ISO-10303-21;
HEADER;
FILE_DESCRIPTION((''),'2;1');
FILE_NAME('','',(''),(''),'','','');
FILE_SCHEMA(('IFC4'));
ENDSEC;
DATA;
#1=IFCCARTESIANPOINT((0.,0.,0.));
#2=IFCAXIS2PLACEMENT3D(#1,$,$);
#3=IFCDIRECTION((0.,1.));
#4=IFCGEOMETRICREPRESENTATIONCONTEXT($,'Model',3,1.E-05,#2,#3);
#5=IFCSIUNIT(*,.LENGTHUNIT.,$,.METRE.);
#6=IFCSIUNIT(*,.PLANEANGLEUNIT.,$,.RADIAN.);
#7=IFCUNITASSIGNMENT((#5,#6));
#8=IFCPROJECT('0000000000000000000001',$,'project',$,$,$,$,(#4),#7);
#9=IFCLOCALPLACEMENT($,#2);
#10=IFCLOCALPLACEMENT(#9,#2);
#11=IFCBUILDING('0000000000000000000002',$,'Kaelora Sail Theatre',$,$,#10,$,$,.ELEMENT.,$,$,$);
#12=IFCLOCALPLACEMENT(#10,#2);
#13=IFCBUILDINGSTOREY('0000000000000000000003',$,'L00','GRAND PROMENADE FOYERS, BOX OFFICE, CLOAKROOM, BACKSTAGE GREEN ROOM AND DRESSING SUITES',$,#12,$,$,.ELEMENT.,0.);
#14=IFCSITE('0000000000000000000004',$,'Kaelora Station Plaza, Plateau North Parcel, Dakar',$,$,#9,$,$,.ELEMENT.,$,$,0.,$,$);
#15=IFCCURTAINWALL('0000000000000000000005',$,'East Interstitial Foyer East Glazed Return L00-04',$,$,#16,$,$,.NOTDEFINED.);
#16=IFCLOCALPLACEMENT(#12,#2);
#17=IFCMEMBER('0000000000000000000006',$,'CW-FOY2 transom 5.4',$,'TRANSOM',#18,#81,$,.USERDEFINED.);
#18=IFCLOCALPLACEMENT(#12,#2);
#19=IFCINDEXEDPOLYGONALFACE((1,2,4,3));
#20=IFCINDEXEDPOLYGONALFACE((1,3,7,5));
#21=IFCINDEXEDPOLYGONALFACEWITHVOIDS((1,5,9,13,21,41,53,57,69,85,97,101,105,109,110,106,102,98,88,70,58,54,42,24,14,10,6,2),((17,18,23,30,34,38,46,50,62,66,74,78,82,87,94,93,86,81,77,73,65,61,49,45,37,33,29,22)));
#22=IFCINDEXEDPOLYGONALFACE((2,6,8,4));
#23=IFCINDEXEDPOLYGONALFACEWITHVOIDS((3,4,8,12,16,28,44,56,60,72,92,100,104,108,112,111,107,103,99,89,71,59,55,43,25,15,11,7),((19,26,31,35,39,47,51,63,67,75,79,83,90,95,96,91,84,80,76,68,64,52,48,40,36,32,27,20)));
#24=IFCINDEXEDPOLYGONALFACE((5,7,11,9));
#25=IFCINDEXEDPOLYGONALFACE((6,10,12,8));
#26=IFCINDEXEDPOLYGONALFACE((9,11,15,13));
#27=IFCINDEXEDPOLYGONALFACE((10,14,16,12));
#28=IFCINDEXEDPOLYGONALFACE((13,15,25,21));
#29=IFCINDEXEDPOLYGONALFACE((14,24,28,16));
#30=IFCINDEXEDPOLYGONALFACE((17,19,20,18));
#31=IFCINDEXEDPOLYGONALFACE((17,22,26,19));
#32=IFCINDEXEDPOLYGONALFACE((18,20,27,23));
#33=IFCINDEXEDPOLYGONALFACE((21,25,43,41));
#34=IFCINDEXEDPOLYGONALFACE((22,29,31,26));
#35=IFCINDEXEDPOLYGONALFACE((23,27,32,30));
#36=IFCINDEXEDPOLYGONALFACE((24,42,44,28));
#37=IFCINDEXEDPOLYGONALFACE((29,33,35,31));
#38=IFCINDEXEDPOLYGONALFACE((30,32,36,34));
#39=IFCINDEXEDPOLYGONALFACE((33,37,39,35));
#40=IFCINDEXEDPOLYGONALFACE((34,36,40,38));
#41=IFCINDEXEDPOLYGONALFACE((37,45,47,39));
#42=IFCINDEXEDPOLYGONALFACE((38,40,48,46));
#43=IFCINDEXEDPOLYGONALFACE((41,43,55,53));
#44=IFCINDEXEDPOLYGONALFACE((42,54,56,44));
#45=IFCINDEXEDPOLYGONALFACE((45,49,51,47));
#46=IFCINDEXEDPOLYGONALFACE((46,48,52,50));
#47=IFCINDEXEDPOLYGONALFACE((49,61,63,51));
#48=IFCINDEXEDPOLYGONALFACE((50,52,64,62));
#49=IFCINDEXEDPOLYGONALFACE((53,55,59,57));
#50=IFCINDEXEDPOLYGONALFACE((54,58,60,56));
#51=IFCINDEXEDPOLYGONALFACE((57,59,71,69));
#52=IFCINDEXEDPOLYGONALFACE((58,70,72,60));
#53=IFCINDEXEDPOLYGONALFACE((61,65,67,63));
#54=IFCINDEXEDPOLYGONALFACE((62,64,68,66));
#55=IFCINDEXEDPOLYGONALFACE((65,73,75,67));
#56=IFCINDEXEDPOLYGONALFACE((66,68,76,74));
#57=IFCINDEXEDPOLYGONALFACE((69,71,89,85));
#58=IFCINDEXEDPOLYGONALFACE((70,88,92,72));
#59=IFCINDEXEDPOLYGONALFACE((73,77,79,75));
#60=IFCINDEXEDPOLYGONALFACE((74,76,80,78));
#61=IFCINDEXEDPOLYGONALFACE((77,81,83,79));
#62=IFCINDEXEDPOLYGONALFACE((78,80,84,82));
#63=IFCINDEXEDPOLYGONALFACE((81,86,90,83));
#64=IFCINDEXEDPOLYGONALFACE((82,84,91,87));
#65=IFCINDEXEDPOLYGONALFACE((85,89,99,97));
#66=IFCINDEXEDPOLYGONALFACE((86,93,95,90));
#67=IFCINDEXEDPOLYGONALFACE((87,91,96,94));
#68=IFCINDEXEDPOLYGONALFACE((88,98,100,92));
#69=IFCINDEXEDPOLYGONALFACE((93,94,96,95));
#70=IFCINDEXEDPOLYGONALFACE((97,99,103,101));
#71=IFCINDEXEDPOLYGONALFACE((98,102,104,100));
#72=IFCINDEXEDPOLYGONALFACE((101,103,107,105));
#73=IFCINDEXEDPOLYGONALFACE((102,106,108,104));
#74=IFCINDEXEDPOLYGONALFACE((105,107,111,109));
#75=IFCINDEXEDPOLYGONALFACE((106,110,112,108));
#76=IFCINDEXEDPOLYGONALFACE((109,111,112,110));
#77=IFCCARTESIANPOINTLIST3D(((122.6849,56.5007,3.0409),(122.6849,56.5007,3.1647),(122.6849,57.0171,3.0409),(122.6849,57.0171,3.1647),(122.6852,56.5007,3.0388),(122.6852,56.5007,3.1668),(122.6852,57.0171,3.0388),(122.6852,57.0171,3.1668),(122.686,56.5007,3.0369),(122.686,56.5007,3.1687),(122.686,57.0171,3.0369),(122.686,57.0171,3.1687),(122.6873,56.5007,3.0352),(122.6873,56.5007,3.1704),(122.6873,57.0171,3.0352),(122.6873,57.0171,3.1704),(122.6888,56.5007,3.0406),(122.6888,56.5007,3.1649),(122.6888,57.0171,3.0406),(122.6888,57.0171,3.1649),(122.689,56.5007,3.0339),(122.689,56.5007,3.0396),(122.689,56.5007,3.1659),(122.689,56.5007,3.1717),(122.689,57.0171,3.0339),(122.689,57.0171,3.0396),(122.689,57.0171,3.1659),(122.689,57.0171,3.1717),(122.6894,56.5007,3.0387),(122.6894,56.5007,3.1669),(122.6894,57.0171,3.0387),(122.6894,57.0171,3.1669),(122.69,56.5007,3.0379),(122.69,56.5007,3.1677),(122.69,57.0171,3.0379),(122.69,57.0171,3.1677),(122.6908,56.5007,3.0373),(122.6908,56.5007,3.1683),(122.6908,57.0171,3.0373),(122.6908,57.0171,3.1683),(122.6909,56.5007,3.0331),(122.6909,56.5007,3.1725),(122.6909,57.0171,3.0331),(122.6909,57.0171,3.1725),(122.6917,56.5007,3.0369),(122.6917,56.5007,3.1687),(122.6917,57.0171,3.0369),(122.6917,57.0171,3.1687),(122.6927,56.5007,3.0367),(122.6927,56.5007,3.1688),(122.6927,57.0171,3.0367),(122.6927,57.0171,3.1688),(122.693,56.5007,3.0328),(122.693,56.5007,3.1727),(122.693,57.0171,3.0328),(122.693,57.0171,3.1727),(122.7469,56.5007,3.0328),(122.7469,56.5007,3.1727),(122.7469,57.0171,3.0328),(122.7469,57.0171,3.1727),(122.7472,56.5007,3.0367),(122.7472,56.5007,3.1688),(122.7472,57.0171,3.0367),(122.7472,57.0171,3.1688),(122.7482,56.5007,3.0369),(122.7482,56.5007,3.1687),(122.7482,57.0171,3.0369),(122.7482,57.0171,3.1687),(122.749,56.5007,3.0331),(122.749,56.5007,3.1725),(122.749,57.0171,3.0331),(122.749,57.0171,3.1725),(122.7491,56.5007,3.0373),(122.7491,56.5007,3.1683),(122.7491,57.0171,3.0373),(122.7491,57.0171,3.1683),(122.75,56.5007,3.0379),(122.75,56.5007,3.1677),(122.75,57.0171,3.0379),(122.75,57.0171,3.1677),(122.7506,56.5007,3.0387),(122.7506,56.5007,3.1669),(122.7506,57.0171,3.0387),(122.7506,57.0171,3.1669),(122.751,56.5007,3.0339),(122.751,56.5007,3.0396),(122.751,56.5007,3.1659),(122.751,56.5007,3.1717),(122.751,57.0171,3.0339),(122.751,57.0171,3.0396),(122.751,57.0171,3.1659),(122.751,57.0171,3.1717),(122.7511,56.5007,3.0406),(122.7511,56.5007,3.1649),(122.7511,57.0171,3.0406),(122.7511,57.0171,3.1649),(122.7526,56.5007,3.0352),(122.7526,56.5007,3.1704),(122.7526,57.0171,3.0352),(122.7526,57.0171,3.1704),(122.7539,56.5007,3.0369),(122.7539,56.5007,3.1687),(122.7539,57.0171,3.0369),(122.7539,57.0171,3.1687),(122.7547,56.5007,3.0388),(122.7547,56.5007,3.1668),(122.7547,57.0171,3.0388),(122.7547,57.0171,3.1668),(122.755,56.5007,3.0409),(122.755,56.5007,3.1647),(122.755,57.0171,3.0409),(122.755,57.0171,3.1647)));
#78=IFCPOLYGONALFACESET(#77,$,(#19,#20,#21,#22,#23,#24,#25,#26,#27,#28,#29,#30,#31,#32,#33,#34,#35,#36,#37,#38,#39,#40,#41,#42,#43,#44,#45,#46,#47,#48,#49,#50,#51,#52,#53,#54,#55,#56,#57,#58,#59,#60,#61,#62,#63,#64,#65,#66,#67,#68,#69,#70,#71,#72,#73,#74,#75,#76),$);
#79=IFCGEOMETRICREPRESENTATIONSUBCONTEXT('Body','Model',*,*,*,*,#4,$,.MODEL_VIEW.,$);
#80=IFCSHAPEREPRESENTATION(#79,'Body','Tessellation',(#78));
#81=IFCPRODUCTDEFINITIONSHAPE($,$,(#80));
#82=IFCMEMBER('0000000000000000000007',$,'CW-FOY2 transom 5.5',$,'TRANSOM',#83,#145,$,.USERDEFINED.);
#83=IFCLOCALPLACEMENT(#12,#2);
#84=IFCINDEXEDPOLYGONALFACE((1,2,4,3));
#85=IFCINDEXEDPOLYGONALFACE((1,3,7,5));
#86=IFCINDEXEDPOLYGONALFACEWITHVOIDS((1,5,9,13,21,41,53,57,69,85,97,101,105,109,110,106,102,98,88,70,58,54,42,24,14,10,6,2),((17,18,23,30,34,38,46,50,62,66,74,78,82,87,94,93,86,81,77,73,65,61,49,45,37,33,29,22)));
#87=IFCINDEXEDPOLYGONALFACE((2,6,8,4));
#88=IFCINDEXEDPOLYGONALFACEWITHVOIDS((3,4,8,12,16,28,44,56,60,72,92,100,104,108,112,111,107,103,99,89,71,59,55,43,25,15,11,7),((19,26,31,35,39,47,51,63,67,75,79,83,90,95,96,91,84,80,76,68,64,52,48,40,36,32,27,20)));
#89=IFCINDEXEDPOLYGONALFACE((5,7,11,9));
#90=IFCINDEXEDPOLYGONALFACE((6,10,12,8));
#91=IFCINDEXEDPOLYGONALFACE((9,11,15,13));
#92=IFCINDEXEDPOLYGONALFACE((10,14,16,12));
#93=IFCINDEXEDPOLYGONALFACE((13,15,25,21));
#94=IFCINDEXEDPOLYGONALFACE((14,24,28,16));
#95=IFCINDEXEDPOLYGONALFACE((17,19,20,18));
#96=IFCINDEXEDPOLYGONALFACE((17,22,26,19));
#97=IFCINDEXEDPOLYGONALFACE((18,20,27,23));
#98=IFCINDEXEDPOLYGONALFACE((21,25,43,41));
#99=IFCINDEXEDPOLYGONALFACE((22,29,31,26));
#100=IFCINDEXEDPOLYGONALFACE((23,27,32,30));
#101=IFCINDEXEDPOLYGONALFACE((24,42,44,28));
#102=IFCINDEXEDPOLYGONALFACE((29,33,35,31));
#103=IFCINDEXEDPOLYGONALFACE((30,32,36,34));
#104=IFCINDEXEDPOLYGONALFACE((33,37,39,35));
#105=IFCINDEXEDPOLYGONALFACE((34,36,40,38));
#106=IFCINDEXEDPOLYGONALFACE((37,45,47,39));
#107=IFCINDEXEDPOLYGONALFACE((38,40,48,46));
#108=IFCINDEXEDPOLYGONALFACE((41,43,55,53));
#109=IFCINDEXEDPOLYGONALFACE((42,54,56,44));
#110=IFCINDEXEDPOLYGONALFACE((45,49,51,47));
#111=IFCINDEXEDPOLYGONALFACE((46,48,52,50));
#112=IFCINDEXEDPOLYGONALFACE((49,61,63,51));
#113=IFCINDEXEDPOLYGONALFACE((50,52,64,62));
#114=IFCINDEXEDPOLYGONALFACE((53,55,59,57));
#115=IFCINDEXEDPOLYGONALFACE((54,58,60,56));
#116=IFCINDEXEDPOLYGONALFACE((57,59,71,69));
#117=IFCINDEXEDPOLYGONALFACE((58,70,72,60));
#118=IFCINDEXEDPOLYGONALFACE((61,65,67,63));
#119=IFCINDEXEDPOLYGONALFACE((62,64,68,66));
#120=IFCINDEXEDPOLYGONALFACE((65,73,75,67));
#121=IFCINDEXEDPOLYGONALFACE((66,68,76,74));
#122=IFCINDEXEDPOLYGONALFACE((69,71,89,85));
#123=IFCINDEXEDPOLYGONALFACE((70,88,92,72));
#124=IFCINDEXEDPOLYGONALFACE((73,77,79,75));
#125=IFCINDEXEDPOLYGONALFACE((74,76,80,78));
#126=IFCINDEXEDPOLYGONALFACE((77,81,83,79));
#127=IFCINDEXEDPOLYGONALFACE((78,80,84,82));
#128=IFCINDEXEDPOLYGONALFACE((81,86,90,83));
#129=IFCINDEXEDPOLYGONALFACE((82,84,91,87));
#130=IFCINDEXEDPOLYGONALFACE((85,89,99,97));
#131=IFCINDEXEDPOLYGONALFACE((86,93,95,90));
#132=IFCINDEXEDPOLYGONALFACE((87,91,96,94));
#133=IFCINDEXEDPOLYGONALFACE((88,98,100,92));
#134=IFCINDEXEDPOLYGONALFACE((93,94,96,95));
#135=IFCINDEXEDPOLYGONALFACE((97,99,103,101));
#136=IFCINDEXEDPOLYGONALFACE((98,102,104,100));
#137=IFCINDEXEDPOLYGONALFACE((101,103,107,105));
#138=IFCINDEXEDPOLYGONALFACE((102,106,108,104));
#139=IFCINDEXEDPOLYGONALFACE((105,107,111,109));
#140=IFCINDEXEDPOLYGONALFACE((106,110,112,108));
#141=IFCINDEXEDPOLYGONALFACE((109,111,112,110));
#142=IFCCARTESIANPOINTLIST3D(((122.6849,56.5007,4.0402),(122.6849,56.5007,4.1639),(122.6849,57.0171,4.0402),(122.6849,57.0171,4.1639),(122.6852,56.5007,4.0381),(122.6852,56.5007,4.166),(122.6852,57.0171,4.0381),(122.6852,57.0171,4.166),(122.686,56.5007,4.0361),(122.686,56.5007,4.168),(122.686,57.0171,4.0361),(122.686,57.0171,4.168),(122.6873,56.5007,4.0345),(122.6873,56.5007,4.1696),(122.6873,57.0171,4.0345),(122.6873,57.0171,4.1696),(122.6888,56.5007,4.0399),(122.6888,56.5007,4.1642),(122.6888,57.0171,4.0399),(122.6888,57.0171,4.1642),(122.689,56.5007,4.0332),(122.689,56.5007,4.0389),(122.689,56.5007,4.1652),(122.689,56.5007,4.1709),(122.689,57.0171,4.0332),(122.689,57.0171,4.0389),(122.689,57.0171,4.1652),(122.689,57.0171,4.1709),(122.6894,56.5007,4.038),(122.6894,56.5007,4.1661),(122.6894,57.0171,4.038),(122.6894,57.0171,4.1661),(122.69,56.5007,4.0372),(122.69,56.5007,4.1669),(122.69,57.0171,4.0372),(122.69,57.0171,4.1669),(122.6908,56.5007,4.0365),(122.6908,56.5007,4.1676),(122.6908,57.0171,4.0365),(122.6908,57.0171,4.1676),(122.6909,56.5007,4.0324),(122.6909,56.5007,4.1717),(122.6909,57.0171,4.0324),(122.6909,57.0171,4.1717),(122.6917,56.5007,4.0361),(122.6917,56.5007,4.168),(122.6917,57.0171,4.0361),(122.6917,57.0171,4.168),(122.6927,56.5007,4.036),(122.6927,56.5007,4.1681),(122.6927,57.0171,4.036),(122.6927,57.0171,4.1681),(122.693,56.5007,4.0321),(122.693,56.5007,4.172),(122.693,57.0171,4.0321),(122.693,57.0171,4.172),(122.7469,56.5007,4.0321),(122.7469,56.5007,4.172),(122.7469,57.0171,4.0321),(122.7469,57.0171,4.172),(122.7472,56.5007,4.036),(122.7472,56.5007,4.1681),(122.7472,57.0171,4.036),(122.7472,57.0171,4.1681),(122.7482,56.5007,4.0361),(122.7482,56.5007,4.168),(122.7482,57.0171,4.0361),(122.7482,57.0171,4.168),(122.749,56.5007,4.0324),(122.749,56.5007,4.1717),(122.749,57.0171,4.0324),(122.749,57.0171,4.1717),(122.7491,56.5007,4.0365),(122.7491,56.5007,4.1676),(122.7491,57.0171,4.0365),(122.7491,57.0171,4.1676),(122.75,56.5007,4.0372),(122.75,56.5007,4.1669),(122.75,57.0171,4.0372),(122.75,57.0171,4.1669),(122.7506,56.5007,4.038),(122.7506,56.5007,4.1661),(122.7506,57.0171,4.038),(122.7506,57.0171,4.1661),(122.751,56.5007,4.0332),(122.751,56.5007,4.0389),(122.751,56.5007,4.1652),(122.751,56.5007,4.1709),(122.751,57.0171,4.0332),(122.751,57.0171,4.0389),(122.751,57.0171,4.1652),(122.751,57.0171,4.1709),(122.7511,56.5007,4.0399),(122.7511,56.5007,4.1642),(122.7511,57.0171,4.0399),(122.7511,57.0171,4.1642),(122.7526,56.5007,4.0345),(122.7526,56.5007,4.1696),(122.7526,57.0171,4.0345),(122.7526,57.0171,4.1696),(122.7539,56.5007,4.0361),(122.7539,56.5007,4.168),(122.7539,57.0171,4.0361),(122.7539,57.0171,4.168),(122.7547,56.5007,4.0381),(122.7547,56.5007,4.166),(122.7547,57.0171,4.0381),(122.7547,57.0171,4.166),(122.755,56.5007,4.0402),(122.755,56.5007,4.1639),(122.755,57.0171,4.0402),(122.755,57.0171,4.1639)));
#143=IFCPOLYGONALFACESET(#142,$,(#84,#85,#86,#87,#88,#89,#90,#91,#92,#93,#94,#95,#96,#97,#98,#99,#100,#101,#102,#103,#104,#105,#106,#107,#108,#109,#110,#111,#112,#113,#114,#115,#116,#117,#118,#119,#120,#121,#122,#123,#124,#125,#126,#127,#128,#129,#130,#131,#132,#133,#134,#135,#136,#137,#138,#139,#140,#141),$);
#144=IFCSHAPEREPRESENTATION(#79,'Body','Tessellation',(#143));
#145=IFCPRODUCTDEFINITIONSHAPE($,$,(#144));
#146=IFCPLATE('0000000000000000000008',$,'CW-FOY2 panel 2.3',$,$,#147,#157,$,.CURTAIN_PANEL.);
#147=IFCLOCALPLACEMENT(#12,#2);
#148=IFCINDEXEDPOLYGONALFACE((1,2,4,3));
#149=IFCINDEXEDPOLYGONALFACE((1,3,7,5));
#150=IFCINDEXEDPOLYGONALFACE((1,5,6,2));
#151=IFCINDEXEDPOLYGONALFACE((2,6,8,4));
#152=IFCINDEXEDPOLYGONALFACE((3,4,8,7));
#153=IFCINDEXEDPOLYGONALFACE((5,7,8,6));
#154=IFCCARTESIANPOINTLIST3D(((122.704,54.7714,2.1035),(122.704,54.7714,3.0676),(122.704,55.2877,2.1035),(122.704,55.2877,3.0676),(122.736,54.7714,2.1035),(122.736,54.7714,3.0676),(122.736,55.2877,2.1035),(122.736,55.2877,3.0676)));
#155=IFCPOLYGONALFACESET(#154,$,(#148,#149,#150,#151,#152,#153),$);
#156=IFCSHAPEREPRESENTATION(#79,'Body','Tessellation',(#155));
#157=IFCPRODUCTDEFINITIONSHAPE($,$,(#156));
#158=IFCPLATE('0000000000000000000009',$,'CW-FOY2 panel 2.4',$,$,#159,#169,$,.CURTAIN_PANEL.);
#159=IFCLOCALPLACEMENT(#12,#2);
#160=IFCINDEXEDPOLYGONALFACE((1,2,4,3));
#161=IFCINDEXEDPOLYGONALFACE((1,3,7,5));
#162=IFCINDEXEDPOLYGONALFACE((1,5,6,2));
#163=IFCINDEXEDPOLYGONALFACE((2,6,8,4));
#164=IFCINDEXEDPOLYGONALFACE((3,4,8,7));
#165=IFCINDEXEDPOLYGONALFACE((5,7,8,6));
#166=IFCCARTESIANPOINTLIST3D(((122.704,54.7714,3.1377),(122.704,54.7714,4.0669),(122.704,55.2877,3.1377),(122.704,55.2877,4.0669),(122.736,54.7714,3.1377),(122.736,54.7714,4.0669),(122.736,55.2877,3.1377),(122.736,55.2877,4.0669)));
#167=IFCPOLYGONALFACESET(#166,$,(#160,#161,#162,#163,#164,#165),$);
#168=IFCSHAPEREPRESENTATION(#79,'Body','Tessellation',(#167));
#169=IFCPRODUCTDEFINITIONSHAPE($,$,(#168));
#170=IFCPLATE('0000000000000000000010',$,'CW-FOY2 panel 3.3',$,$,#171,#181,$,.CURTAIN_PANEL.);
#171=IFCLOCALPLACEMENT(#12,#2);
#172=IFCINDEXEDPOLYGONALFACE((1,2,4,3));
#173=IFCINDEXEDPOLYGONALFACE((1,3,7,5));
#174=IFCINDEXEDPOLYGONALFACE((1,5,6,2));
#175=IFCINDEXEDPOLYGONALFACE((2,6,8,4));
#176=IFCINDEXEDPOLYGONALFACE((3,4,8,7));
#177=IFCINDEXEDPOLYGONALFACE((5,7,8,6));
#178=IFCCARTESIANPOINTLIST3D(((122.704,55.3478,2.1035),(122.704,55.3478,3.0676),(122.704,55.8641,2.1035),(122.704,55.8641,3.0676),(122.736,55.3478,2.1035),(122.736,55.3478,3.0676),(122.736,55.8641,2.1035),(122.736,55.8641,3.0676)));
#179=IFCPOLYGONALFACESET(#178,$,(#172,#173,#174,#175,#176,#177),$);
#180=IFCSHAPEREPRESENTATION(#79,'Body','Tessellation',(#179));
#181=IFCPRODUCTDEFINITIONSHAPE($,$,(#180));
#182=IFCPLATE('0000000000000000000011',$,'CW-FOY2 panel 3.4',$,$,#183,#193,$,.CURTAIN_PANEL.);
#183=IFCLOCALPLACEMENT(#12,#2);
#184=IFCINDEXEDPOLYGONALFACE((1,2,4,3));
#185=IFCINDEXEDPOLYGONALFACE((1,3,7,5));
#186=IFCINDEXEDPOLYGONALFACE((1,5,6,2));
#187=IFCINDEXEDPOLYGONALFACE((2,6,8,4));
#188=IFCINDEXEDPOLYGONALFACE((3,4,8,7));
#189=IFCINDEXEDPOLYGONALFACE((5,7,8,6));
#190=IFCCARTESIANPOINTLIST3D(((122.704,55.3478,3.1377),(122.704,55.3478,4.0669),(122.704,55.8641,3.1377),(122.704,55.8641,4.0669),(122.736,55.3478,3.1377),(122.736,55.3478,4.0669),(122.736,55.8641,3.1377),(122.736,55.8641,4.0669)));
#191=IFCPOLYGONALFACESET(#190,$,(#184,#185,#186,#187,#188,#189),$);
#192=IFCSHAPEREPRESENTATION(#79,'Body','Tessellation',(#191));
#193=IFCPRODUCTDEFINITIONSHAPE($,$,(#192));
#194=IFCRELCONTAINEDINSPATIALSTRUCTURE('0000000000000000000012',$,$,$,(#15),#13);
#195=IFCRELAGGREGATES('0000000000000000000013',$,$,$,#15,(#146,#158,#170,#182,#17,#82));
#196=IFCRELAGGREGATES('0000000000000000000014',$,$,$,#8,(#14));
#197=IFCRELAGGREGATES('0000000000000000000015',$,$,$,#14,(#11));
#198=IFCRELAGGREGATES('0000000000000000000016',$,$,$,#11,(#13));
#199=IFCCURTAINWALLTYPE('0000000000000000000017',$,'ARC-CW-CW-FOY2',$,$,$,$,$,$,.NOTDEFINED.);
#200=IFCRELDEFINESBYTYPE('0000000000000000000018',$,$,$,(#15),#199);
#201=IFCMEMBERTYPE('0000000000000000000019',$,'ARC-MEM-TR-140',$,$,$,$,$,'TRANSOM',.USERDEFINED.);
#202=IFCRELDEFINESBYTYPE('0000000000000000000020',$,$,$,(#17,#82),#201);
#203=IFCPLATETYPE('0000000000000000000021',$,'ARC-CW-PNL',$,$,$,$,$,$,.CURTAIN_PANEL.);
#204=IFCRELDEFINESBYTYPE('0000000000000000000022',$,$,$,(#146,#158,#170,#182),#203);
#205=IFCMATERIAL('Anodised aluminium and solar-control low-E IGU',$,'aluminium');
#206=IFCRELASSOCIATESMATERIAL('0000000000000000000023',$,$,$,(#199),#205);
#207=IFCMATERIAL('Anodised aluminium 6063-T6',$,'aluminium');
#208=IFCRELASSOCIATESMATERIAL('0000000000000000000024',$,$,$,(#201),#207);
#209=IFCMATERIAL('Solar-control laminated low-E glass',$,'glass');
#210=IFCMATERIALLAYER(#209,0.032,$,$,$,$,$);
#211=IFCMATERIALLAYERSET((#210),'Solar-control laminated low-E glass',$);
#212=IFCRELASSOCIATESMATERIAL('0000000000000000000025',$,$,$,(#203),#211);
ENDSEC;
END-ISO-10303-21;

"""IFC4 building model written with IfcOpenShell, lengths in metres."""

from ifc_helpers import new_model, si_unit, direction, frame, origin, origin_2d, place, context, subcontext, project, spatial, rectangle, hollow_rectangle, extrude, material, layer, layer_set, material_profile, profile_set, type_object, element, aggregate, save


model = new_model("IFC4")

# Units and contexts
model_context = context("Model", 3, precision=1e-05, world=origin(), true_north=direction((0.0, 1.0)))
body_context = subcontext(model_context, "Body", "Model", "MODEL_VIEW")
ifc_project = project(units=[si_unit("LENGTHUNIT", "METRE"), si_unit("PLANEANGLEUNIT", "RADIAN")], contexts=[model_context])

# Site, building, storey
site_placement = place(None, origin())
site = spatial("IfcSite", under=ifc_project, at=site_placement, Name="Kaelora Station Plaza, Plateau North Parcel, Dakar", CompositionType="ELEMENT", RefElevation=0.0)
building_placement = place(site_placement, origin())
building = spatial("IfcBuilding", under=site, at=building_placement, Name="Kaelora Sail Theatre", CompositionType="ELEMENT")
storey_placement = place(building_placement, origin())
storey = spatial("IfcBuildingStorey", under=building, at=storey_placement, Name="L00", Description="GRAND PROMENADE FOYERS, BOX OFFICE, CLOAKROOM, BACKSTAGE GREEN ROOM AND DRESSING SUITES", CompositionType="ELEMENT", Elevation=0.0)

# Curtain wall, members, plates
ifc_material_1 = material(Name="Anodised aluminium and solar-control low-E IGU", Category="aluminium")
curtain_wall_type = type_object("IfcCurtainWallType", Name="ARC-CW-CW-FOY2", PredefinedType="NOTDEFINED", material=ifc_material_1)
curtain_wall_placement = place(storey_placement, origin())
curtain_wall = element("IfcCurtainWall", 1, at=curtain_wall_placement, inside=storey, type_object=curtain_wall_type, Name="East Interstitial Foyer East Glazed Return L00-04", PredefinedType="NOTDEFINED")
ifc_material_2 = material(Name="Anodised aluminium 6063-T6", Category="aluminium")
ifc_material_profile = material_profile(ifc_material_2, hollow_rectangle(XDim=0.0701, YDim=0.1399, WallThickness=0.0039, InnerFilletRadius=0.0039, OuterFilletRadius=0.0081, at=origin_2d()), Name="ALU-TRAN 70x140x4")
ifc_profile_set = profile_set([ifc_material_profile], Name="Anodised aluminium 6063-T6")
member_type = type_object("IfcMemberType", Name="ARC-MEM-TR-140", ElementType="TRANSOM", PredefinedType="USERDEFINED", material=ifc_profile_set)
member_1_placement = place(storey_placement, frame((122.72, 56.5007, 3.1028), z_axis=(0.0, 1.0, 0.0), x_axis=(-1.0, 0.0, 0.0)))
member_1 = element("IfcMember", 2, at=member_1_placement, type_object=member_type, Name="CW-FOY2 transom 5.4", ObjectType="TRANSOM", PredefinedType="USERDEFINED", context=body_context, shape_type="SweptSolid", body=[
    extrude(hollow_rectangle(XDim=0.0701, YDim=0.1399, WallThickness=0.0039, InnerFilletRadius=0.0039, OuterFilletRadius=0.0081, at=origin_2d()), origin(), (0.0, 0.0, 1.0), 0.5164),
])
member_2_placement = place(storey_placement, frame((122.72, 56.5007, 4.1021), z_axis=(0.0, 1.0, 0.0), x_axis=(-1.0, 0.0, 0.0)))
member_2 = element("IfcMember", 3, at=member_2_placement, type_object=member_type, Name="CW-FOY2 transom 5.5", ObjectType="TRANSOM", PredefinedType="USERDEFINED", context=body_context, shape_type="SweptSolid", body=[
    extrude(hollow_rectangle(XDim=0.0701, YDim=0.1399, WallThickness=0.0039, InnerFilletRadius=0.0039, OuterFilletRadius=0.0081, at=origin_2d()), origin(), (0.0, 0.0, 1.0), 0.5164),
])
ifc_material_3 = material(Name="Solar-control laminated low-E glass", Category="glass")
ifc_layer = layer(ifc_material_3, 0.032)
ifc_layer_set = layer_set([ifc_layer], Name="Solar-control laminated low-E glass")
plate_type = type_object("IfcPlateType", Name="ARC-CW-PNL", PredefinedType="CURTAIN_PANEL", material=ifc_layer_set)
plate_1_placement = place(storey_placement, frame((122.72, 55.0295, 2.1035), z_axis=(0.0, 0.0, 1.0), x_axis=(0.0, 1.0, 0.0)))
plate_1 = element("IfcPlate", 4, at=plate_1_placement, type_object=plate_type, Name="CW-FOY2 panel 2.3", PredefinedType="CURTAIN_PANEL", context=body_context, shape_type="SweptSolid", body=[
    extrude(rectangle(XDim=0.5164, YDim=0.032, at=origin_2d()), origin(), (0.0, 0.0, 1.0), 0.9641),
])
plate_2_placement = place(storey_placement, frame((122.72, 55.0295, 3.1377), z_axis=(0.0, 0.0, 1.0), x_axis=(0.0, 1.0, 0.0)))
plate_2 = element("IfcPlate", 5, at=plate_2_placement, type_object=plate_type, Name="CW-FOY2 panel 2.4", PredefinedType="CURTAIN_PANEL", context=body_context, shape_type="SweptSolid", body=[
    extrude(rectangle(XDim=0.5164, YDim=0.032, at=origin_2d()), origin(), (0.0, 0.0, 1.0), 0.9292),
])
plate_3_placement = place(storey_placement, frame((122.72, 55.606, 2.1035), z_axis=(0.0, 0.0, 1.0), x_axis=(0.0, 1.0, 0.0)))
plate_3 = element("IfcPlate", 6, at=plate_3_placement, type_object=plate_type, Name="CW-FOY2 panel 3.3", PredefinedType="CURTAIN_PANEL", context=body_context, shape_type="SweptSolid", body=[
    extrude(rectangle(XDim=0.5164, YDim=0.032, at=origin_2d()), origin(), (0.0, 0.0, 1.0), 0.9641),
])
plate_4_placement = place(storey_placement, frame((122.72, 55.606, 3.1377), z_axis=(0.0, 0.0, 1.0), x_axis=(0.0, 1.0, 0.0)))
plate_4 = element("IfcPlate", 7, at=plate_4_placement, type_object=plate_type, Name="CW-FOY2 panel 3.4", PredefinedType="CURTAIN_PANEL", context=body_context, shape_type="SweptSolid", body=[
    extrude(rectangle(XDim=0.5164, YDim=0.032, at=origin_2d()), origin(), (0.0, 0.0, 1.0), 0.9292),
])
aggregate(curtain_wall, [plate_1, plate_2, plate_3, plate_4, member_1, member_2])

save(model, "model.ifc")
